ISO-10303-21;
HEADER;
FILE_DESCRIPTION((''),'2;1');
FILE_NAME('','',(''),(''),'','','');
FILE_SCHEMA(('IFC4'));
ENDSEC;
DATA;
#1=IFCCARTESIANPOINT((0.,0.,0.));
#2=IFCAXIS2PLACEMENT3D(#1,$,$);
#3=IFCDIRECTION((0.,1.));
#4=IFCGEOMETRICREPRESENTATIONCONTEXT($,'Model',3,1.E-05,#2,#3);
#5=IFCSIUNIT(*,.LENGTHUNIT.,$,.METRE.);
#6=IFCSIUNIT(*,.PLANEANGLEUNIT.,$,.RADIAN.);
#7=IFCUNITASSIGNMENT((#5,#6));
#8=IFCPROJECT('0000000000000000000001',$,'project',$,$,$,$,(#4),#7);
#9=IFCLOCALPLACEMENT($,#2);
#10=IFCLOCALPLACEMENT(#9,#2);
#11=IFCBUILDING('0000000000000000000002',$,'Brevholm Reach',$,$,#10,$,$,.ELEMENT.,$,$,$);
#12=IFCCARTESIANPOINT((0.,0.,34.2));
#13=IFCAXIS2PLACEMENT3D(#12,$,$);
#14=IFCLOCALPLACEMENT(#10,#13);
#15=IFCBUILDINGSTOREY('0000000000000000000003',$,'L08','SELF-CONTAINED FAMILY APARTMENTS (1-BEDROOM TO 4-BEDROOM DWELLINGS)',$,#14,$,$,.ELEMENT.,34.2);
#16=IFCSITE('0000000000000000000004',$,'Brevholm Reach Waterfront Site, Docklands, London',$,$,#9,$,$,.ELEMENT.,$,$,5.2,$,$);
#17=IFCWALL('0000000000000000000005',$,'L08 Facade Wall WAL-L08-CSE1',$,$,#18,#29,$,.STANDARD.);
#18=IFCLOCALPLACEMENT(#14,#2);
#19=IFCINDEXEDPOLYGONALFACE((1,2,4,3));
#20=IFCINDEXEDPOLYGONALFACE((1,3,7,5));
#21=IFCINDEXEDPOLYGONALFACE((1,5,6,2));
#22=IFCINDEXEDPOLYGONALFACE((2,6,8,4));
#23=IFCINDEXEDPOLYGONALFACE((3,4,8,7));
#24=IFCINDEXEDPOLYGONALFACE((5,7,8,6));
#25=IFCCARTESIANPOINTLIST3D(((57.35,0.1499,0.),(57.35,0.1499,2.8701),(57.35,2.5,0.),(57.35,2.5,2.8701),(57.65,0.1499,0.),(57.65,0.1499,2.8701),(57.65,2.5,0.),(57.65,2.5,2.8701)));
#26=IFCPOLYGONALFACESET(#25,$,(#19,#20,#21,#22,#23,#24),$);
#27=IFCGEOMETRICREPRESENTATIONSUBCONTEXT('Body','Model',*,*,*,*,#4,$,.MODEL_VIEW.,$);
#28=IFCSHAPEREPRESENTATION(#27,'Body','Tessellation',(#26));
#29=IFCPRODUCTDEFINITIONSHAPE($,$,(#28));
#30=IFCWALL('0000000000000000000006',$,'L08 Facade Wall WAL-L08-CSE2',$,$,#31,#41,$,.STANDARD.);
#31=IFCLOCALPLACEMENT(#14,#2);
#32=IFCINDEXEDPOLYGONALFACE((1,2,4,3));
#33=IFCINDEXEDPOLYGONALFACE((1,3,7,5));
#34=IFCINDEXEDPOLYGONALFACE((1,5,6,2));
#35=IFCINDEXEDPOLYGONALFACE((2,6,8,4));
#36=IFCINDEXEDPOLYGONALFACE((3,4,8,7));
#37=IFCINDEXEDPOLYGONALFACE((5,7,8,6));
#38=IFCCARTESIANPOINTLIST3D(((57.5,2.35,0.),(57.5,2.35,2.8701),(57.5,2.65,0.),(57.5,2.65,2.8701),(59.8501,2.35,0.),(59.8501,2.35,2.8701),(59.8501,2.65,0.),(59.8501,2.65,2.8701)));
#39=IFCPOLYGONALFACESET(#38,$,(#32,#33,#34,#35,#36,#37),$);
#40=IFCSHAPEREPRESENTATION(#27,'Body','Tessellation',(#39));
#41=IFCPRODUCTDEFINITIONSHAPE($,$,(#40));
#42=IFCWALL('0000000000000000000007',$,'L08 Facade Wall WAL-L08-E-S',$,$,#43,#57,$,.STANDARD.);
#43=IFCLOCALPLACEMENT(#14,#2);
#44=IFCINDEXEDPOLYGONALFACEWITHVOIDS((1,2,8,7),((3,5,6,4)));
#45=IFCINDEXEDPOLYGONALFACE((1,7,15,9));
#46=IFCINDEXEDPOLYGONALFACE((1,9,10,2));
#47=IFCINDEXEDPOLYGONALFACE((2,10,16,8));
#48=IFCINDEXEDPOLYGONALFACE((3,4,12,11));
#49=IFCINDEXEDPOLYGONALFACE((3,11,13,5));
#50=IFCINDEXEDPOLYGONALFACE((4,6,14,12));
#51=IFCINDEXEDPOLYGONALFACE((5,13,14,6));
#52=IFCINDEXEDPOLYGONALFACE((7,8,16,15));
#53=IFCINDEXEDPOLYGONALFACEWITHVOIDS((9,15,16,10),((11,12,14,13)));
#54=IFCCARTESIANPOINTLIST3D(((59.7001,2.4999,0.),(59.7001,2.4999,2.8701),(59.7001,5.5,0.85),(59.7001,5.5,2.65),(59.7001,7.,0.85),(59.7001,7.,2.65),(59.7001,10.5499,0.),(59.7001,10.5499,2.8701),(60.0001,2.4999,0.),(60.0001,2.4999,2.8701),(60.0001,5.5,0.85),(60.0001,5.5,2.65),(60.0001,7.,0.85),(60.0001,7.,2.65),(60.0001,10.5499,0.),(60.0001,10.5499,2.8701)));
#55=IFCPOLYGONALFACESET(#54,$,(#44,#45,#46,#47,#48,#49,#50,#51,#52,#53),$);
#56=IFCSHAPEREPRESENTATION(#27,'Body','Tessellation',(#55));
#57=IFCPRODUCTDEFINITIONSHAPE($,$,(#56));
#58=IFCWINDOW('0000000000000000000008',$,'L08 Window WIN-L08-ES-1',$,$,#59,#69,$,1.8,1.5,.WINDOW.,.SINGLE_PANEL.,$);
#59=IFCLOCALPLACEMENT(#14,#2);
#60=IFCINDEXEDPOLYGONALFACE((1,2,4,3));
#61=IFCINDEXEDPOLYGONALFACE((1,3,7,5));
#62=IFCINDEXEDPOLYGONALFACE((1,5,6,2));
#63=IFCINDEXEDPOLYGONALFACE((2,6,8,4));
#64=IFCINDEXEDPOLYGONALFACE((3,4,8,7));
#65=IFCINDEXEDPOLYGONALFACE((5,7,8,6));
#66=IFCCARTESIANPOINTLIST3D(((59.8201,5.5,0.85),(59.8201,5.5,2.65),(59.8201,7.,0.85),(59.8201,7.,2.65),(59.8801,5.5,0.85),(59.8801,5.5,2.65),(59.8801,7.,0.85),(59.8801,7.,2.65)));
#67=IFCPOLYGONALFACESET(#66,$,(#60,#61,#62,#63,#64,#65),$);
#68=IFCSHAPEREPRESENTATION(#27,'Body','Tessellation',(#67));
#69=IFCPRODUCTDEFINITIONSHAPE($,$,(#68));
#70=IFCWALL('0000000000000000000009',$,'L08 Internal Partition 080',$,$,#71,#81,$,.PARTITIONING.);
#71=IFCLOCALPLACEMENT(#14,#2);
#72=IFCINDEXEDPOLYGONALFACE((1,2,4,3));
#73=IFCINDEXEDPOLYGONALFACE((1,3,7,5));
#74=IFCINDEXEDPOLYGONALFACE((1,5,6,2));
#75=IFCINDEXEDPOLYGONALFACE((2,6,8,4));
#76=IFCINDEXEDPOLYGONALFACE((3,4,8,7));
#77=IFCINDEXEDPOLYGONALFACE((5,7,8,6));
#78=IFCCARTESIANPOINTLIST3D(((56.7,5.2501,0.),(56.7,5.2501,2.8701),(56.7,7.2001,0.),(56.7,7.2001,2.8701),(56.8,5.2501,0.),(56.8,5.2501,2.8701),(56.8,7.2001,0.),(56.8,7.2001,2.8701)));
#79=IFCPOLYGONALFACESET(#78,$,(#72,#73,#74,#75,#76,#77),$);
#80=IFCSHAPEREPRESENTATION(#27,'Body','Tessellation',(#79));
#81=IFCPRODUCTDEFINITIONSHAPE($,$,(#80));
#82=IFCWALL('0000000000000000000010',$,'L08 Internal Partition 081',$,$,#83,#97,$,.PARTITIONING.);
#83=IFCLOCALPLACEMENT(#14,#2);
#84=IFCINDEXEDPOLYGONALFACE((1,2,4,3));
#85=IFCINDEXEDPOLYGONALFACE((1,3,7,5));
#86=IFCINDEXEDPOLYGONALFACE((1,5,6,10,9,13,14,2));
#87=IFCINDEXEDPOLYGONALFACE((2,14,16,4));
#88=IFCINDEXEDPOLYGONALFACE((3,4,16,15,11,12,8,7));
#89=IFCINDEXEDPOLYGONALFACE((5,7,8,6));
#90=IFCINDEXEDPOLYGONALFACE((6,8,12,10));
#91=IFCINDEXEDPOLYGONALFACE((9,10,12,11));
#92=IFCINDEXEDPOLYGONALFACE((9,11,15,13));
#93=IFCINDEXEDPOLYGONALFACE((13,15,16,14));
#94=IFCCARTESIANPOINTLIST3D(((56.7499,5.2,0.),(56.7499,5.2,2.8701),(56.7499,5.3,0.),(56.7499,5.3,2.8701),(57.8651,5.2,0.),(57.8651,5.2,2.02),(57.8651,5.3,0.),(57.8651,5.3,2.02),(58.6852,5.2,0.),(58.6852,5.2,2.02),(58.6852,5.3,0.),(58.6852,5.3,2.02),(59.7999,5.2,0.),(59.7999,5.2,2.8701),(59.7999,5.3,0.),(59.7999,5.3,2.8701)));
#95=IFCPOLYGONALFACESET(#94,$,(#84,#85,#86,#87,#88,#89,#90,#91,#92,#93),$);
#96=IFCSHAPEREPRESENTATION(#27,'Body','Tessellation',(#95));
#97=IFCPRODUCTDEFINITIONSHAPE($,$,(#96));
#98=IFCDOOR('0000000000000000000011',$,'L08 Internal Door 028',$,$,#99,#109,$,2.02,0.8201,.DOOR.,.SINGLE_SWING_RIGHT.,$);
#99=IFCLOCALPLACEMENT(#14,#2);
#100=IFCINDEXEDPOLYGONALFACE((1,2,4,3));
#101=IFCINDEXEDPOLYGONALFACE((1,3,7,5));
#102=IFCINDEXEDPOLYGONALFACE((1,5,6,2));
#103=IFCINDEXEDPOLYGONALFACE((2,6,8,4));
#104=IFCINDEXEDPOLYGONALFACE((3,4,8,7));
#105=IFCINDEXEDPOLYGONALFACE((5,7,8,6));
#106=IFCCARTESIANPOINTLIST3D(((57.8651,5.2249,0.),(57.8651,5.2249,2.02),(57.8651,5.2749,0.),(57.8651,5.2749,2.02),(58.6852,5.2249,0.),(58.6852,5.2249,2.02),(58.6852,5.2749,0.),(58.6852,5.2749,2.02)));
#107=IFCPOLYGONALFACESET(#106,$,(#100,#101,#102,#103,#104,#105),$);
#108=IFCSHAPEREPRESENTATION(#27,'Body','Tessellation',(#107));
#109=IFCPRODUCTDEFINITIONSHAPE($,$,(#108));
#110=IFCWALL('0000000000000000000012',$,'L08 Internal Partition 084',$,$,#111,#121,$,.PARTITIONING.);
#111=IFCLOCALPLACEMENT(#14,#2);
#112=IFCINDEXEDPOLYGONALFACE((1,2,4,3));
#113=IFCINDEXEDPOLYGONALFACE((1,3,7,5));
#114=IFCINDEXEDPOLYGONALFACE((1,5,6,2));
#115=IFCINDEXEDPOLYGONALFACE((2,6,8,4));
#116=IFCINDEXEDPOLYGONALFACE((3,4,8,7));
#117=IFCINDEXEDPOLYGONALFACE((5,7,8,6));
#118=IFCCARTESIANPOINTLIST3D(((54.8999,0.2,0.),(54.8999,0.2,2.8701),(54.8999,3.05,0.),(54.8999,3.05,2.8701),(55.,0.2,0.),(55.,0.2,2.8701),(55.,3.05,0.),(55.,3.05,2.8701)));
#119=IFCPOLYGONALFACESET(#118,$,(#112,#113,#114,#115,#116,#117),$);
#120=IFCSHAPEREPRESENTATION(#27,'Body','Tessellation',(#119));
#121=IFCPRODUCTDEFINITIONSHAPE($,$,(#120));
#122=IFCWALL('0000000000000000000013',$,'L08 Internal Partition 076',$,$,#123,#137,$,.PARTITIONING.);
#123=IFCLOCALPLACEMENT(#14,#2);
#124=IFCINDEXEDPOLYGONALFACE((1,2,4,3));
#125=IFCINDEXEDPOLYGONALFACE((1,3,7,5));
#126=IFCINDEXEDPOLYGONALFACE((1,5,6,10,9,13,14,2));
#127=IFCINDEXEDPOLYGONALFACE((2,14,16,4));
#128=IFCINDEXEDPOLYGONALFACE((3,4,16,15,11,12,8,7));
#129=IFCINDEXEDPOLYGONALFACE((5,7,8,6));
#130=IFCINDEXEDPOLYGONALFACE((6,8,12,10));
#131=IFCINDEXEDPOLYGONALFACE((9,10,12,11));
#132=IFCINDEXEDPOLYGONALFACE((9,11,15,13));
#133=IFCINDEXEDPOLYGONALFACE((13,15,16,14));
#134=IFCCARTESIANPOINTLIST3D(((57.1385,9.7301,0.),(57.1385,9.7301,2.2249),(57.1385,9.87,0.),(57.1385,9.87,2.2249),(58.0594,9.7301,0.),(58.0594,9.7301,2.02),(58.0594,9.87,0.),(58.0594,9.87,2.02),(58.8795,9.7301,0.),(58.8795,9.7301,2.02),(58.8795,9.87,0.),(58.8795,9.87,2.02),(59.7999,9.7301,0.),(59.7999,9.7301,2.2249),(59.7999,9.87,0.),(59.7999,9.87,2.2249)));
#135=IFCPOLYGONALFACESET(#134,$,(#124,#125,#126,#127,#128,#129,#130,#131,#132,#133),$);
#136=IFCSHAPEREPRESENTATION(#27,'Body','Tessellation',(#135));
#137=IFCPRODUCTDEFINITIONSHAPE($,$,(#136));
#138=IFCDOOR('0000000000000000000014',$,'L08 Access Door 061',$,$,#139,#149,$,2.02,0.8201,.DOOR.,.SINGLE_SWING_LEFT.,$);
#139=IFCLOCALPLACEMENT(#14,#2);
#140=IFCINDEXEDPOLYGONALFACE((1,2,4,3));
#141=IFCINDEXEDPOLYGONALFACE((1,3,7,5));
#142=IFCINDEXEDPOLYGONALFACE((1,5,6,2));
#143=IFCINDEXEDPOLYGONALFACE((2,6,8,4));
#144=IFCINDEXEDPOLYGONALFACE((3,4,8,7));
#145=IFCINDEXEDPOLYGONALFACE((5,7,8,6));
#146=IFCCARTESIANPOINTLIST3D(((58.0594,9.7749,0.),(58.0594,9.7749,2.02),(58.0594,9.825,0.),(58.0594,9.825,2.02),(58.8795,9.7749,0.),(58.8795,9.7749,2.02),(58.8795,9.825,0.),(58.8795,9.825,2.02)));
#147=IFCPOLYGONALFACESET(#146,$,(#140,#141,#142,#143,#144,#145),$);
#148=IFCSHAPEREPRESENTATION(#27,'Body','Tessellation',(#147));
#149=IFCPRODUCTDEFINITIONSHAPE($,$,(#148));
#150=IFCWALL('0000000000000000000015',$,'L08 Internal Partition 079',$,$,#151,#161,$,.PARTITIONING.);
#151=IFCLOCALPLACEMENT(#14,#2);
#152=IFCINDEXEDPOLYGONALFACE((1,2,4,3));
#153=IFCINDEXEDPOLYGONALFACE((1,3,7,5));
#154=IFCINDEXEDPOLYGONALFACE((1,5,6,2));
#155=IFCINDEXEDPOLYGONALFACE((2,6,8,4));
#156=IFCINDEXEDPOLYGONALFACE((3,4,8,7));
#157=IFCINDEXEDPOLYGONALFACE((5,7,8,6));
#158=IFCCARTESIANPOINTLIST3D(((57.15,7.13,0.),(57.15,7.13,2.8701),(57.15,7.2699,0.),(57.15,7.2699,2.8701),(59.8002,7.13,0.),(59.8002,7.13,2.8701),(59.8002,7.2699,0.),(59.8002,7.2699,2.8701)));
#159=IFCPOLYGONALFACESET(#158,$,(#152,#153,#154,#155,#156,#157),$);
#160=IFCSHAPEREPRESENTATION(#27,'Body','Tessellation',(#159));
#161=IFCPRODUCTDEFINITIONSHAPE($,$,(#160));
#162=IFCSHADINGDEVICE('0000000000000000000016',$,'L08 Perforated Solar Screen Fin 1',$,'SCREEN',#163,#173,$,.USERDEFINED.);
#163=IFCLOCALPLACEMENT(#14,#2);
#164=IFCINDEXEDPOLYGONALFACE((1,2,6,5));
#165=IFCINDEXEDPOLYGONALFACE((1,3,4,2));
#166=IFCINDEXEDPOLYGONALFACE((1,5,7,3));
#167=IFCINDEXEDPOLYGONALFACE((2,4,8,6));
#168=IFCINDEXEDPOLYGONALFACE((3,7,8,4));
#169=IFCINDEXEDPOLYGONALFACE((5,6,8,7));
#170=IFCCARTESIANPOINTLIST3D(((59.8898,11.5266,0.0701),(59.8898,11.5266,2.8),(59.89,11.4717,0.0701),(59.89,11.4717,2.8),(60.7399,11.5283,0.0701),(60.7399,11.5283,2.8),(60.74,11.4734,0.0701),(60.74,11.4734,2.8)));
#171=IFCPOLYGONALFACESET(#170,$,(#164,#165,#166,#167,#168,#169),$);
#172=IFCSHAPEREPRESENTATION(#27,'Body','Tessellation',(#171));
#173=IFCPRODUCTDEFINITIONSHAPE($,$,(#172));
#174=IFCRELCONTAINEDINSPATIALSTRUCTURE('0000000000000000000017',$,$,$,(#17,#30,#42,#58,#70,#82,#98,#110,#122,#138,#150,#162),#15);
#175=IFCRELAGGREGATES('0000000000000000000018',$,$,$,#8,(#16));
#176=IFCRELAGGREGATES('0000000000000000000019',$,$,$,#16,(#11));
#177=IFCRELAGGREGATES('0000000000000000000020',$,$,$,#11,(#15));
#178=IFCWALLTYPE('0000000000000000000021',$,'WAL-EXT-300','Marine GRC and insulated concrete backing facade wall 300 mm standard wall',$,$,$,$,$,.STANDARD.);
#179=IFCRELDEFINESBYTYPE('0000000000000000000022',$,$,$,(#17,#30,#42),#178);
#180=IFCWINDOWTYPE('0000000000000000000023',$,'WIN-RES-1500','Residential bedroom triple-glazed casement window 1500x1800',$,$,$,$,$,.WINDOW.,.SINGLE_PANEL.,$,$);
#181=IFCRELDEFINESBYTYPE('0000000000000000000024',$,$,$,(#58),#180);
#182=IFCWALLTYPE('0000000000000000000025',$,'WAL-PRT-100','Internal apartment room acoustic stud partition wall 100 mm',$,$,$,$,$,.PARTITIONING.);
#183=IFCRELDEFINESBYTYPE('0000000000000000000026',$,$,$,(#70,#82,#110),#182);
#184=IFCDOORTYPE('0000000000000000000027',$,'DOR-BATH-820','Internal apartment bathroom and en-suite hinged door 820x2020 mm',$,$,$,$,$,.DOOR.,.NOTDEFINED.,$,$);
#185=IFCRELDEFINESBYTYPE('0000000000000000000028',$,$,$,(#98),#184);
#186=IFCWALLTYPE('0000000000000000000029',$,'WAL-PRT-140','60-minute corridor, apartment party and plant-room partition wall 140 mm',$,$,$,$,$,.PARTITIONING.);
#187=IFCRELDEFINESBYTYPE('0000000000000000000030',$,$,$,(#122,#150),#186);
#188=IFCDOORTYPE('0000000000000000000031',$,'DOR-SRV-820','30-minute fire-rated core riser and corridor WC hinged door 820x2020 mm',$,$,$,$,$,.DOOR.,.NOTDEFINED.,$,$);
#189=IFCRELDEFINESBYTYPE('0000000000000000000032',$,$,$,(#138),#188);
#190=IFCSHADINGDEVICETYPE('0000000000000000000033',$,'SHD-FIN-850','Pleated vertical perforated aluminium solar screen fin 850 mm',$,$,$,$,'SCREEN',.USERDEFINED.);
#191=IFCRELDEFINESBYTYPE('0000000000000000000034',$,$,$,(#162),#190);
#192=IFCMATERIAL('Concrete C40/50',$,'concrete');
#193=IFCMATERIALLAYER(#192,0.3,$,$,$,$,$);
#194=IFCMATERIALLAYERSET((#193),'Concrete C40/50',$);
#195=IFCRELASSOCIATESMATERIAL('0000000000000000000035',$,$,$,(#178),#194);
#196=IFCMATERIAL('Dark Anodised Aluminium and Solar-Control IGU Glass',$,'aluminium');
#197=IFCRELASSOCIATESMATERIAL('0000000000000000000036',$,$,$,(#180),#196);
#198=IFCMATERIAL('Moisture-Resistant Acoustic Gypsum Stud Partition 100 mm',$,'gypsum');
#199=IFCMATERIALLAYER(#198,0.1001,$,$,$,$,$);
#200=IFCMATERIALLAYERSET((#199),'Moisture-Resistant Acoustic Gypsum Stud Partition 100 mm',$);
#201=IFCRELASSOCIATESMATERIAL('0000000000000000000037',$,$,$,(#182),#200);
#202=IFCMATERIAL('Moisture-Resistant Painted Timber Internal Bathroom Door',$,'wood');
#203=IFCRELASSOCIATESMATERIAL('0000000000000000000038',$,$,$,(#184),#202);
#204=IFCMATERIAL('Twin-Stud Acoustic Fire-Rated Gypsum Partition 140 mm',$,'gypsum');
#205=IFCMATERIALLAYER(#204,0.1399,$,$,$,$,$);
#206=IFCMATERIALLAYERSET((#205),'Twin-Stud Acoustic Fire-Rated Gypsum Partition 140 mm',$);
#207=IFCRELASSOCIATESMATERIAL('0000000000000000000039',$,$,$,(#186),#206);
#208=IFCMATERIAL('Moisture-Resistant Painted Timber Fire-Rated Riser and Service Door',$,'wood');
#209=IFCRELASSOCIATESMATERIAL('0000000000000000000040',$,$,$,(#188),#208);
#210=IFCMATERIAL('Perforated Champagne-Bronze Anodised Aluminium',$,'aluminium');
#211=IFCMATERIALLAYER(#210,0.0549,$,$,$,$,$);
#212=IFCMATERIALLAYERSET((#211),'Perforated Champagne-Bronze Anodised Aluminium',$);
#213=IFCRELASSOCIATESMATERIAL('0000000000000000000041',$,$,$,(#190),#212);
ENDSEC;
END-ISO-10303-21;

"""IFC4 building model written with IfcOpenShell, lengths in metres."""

from ifc_helpers import new_model, si_unit, direction, frame, frame_2d, origin, origin_2d, place, context, subcontext, project, spatial, rectangle, extrude, material, layer, layer_set, type_object, element, fill, save


model = new_model("IFC4")

# Units and contexts
model_context = context("Model", 3, precision=1e-05, world=origin(), true_north=direction((0.0, 1.0)))
body_context = subcontext(model_context, "Body", "Model", "MODEL_VIEW")
ifc_project = project(units=[si_unit("LENGTHUNIT", "METRE"), si_unit("PLANEANGLEUNIT", "RADIAN")], contexts=[model_context])

# Site, building, storey
site_placement = place(None, origin())
site = spatial("IfcSite", under=ifc_project, at=site_placement, Name="Brevholm Reach Waterfront Site, Docklands, London", CompositionType="ELEMENT", RefElevation=5.2)
building_placement = place(site_placement, origin())
building = spatial("IfcBuilding", under=site, at=building_placement, Name="Brevholm Reach", CompositionType="ELEMENT")
storey_placement = place(building_placement, frame((0.0, 0.0, 34.2)))
storey = spatial("IfcBuildingStorey", under=building, at=storey_placement, Name="L08", Description="SELF-CONTAINED FAMILY APARTMENTS (1-BEDROOM TO 4-BEDROOM DWELLINGS)", CompositionType="ELEMENT", Elevation=34.2)

# Walls
ifc_material_1 = material(Name="Concrete C40/50", Category="concrete")
ifc_layer_1 = layer(ifc_material_1, 0.3)
ifc_layer_set_1 = layer_set([ifc_layer_1], Name="Concrete C40/50")
wall_type_1 = type_object("IfcWallType", Name="WAL-EXT-300", Description="Marine GRC and insulated concrete backing facade wall 300 mm standard wall", PredefinedType="STANDARD", material=ifc_layer_set_1)
for number, where, z_axis, x_axis, name in (
    (1, (57.5, 0.1499, 0.0), (0.0, 0.0, 1.0), (0.0, 1.0, 0.0), "L08 Facade Wall WAL-L08-CSE1"),
    (2, (57.5, 2.5, 0.0), (0.0, 0.0, 1.0), (1.0, 0.0, 0.0), "L08 Facade Wall WAL-L08-CSE2"),
):
    element("IfcWall", number, at=place(storey_placement, frame(where, z_axis=z_axis, x_axis=x_axis)), inside=storey, type_object=wall_type_1, Name=name, PredefinedType="STANDARD", context=body_context, shape_type="SweptSolid", body=[
        extrude(rectangle(XDim=2.3501, YDim=0.3, at=frame_2d((1.175, 0.0))), origin(), (0.0, 0.0, 1.0), 2.8701),
    ])

# Wall, opening, window
wall_1_placement = place(storey_placement, frame((59.8501, 2.5, 0.0), z_axis=(0.0, 0.0, 1.0), x_axis=(0.0, 1.0, 0.0)))
wall_1 = element("IfcWall", 3, at=wall_1_placement, inside=storey, type_object=wall_type_1, Name="L08 Facade Wall WAL-L08-E-S", PredefinedType="STANDARD", context=body_context, shape_type="SweptSolid", body=[
    extrude(rectangle(XDim=8.05, YDim=0.3, at=frame_2d((4.0249, 0.0))), origin(), (0.0, 0.0, 1.0), 2.8701),
])
opening_1_placement = place(wall_1_placement, frame((3.0, 0.0, 0.8501)))
opening_1 = element("IfcOpeningElement", 4, at=opening_1_placement, cuts=wall_1, PredefinedType="OPENING", context=body_context, shape_type="SweptSolid", body=[
    extrude(rectangle(XDim=1.5, YDim=1.8, at=frame_2d((0.75, 0.8999))), frame((0.0, 0.1599, 0.0), z_axis=(0.0, -1.0, 0.0), x_axis=(1.0, 0.0, 0.0)), (0.0, 0.0, 1.0), 0.3201),
])
ifc_material_2 = material(Name="Dark Anodised Aluminium and Solar-Control IGU Glass", Category="aluminium")
window_type = type_object("IfcWindowType", Name="WIN-RES-1500", Description="Residential bedroom triple-glazed casement window 1500x1800", PartitioningType="SINGLE_PANEL", PredefinedType="WINDOW", material=ifc_material_2)
window_placement = place(opening_1_placement, origin())
window = element("IfcWindow", 5, at=window_placement, inside=storey, type_object=window_type, Name="L08 Window WIN-L08-ES-1", OverallHeight=1.8, OverallWidth=1.5, PartitioningType="SINGLE_PANEL", PredefinedType="WINDOW", context=body_context, shape_type="SweptSolid", body=[
    extrude(rectangle(XDim=1.5, YDim=1.8, at=frame_2d((0.75, 0.8999))), frame((0.0, 0.03, 0.0), z_axis=(0.0, -1.0, 0.0), x_axis=(1.0, 0.0, 0.0)), (0.0, 0.0, 1.0), 0.0601),
])
fill(opening_1, window)

# Wall
ifc_material_3 = material(Name="Moisture-Resistant Acoustic Gypsum Stud Partition 100 mm", Category="gypsum")
ifc_layer_2 = layer(ifc_material_3, 0.1001)
ifc_layer_set_2 = layer_set([ifc_layer_2], Name="Moisture-Resistant Acoustic Gypsum Stud Partition 100 mm")
wall_type_2 = type_object("IfcWallType", Name="WAL-PRT-100", Description="Internal apartment room acoustic stud partition wall 100 mm", PredefinedType="PARTITIONING", material=ifc_layer_set_2)
wall_2_placement = place(storey_placement, frame((56.75, 5.25, 0.0), z_axis=(0.0, 0.0, 1.0), x_axis=(0.0, 1.0, 0.0)))
element("IfcWall", 6, at=wall_2_placement, inside=storey, type_object=wall_type_2, Name="L08 Internal Partition 080", PredefinedType="PARTITIONING", context=body_context, shape_type="SweptSolid", body=[
    extrude(rectangle(XDim=1.95, YDim=0.1001, at=frame_2d((0.9751, 0.0))), origin(), (0.0, 0.0, 1.0), 2.8701),
])

# Wall, opening, door
wall_3_placement = place(storey_placement, frame((56.75, 5.25, 0.0), z_axis=(0.0, 0.0, 1.0), x_axis=(1.0, 0.0, 0.0)))
wall_3 = element("IfcWall", 7, at=wall_3_placement, inside=storey, type_object=wall_type_2, Name="L08 Internal Partition 081", PredefinedType="PARTITIONING", context=body_context, shape_type="SweptSolid", body=[
    extrude(rectangle(XDim=3.05, YDim=0.1001, at=frame_2d((1.5249, 0.0))), origin(), (0.0, 0.0, 1.0), 2.8701),
])
opening_2_placement = place(wall_3_placement, frame((1.115, 0.0, 0.0)))
opening_2 = element("IfcOpeningElement", 8, at=opening_2_placement, cuts=wall_3, PredefinedType="OPENING", context=body_context, shape_type="SweptSolid", body=[
    extrude(rectangle(XDim=0.8201, YDim=2.02, at=frame_2d((0.4102, 1.01))), frame((0.0, 0.0601, 0.0), z_axis=(0.0, -1.0, 0.0), x_axis=(1.0, 0.0, 0.0)), (0.0, 0.0, 1.0), 0.1201),
])
ifc_material_4 = material(Name="Moisture-Resistant Painted Timber Internal Bathroom Door", Category="wood")
door_type_1 = type_object("IfcDoorType", Name="DOR-BATH-820", Description="Internal apartment bathroom and en-suite hinged door 820x2020 mm", OperationType="NOTDEFINED", PredefinedType="DOOR", material=ifc_material_4)
door_1_placement = place(opening_2_placement, origin())
door_1 = element("IfcDoor", 9, at=door_1_placement, inside=storey, type_object=door_type_1, Name="L08 Internal Door 028", OperationType="SINGLE_SWING_RIGHT", OverallHeight=2.02, OverallWidth=0.8201, PredefinedType="DOOR", context=body_context, shape_type="SweptSolid", body=[
    extrude(rectangle(XDim=0.8201, YDim=2.02, at=frame_2d((0.4102, 1.01))), frame((0.0, 0.0249, 0.0), z_axis=(0.0, -1.0, 0.0), x_axis=(1.0, 0.0, 0.0)), (0.0, 0.0, 1.0), 0.05),
])
fill(opening_2, door_1)

# Wall
wall_4_placement = place(storey_placement, frame((54.95, 0.2, 0.0), z_axis=(0.0, 0.0, 1.0), x_axis=(0.0, 1.0, 0.0)))
element("IfcWall", 10, at=wall_4_placement, inside=storey, type_object=wall_type_2, Name="L08 Internal Partition 084", PredefinedType="PARTITIONING", context=body_context, shape_type="SweptSolid", body=[
    extrude(rectangle(XDim=2.8501, YDim=0.1001, at=frame_2d((1.425, 0.0))), origin(), (0.0, 0.0, 1.0), 2.8701),
])

# Wall, opening, door
ifc_material_5 = material(Name="Twin-Stud Acoustic Fire-Rated Gypsum Partition 140 mm", Category="gypsum")
ifc_layer_3 = layer(ifc_material_5, 0.1399)
ifc_layer_set_3 = layer_set([ifc_layer_3], Name="Twin-Stud Acoustic Fire-Rated Gypsum Partition 140 mm")
wall_type_3 = type_object("IfcWallType", Name="WAL-PRT-140", Description="60-minute corridor, apartment party and plant-room partition wall 140 mm", PredefinedType="PARTITIONING", material=ifc_layer_set_3)
wall_5_placement = place(storey_placement, frame((57.1387, 9.8, 0.0), z_axis=(0.0, 0.0, 1.0), x_axis=(1.0, 0.0, 0.0)))
wall_5 = element("IfcWall", 11, at=wall_5_placement, inside=storey, type_object=wall_type_3, Name="L08 Internal Partition 076", PredefinedType="PARTITIONING", context=body_context, shape_type="SweptSolid", body=[
    extrude(rectangle(XDim=2.6614, YDim=0.1399, at=frame_2d((1.3306, 0.0))), origin(), (0.0, 0.0, 1.0), 2.2249),
])
opening_3_placement = place(wall_5_placement, frame((0.9207, 0.0, 0.0)))
opening_3 = element("IfcOpeningElement", 12, at=opening_3_placement, cuts=wall_5, PredefinedType="OPENING", context=body_context, shape_type="SweptSolid", body=[
    extrude(rectangle(XDim=0.8201, YDim=2.02, at=frame_2d((0.4102, 1.01))), frame((0.0, 0.0798, 0.0), z_axis=(0.0, -1.0, 0.0), x_axis=(1.0, 0.0, 0.0)), (0.0, 0.0, 1.0), 0.1599),
])
ifc_material_6 = material(Name="Moisture-Resistant Painted Timber Fire-Rated Riser and Service Door", Category="wood")
door_type_2 = type_object("IfcDoorType", Name="DOR-SRV-820", Description="30-minute fire-rated core riser and corridor WC hinged door 820x2020 mm", OperationType="NOTDEFINED", PredefinedType="DOOR", material=ifc_material_6)
door_2_placement = place(opening_3_placement, origin())
door_2 = element("IfcDoor", 13, at=door_2_placement, inside=storey, type_object=door_type_2, Name="L08 Access Door 061", OperationType="SINGLE_SWING_LEFT", OverallHeight=2.02, OverallWidth=0.8201, PredefinedType="DOOR", context=body_context, shape_type="SweptSolid", body=[
    extrude(rectangle(XDim=0.8201, YDim=2.02, at=frame_2d((0.4102, 1.01))), frame((0.0, 0.0249, 0.0), z_axis=(0.0, -1.0, 0.0), x_axis=(1.0, 0.0, 0.0)), (0.0, 0.0, 1.0), 0.05),
])
fill(opening_3, door_2)

# Wall
wall_6_placement = place(storey_placement, frame((57.1499, 7.2, 0.0), z_axis=(0.0, 0.0, 1.0), x_axis=(1.0, 0.0, 0.0)))
element("IfcWall", 14, at=wall_6_placement, inside=storey, type_object=wall_type_3, Name="L08 Internal Partition 079", PredefinedType="PARTITIONING", context=body_context, shape_type="SweptSolid", body=[
    extrude(rectangle(XDim=2.6501, YDim=0.1399, at=frame_2d((1.3252, 0.0))), origin(), (0.0, 0.0, 1.0), 2.8701),
])

# Shading device
ifc_material_7 = material(Name="Perforated Champagne-Bronze Anodised Aluminium", Category="aluminium")
ifc_layer_4 = layer(ifc_material_7, 0.0549)
ifc_layer_set_4 = layer_set([ifc_layer_4], Name="Perforated Champagne-Bronze Anodised Aluminium")
shading_device_type = type_object("IfcShadingDeviceType", Name="SHD-FIN-850", Description="Pleated vertical perforated aluminium solar screen fin 850 mm", ElementType="SCREEN", PredefinedType="USERDEFINED", material=ifc_layer_set_4)
shading_device_placement = place(storey_placement, frame((60.3149, 11.5, 0.0701), z_axis=(0.0, 0.0, 1.0), x_axis=(0.999998, 0.002059, 0.0)))
element("IfcShadingDevice", 15, at=shading_device_placement, inside=storey, type_object=shading_device_type, Name="L08 Perforated Solar Screen Fin 1", ObjectType="SCREEN", PredefinedType="USERDEFINED", context=body_context, shape_type="SweptSolid", body=[
    extrude(rectangle(XDim=0.8501, YDim=0.0549, at=origin_2d()), origin(), (0.0, 0.0, 1.0), 2.73),
])

save(model, "model.ifc")
